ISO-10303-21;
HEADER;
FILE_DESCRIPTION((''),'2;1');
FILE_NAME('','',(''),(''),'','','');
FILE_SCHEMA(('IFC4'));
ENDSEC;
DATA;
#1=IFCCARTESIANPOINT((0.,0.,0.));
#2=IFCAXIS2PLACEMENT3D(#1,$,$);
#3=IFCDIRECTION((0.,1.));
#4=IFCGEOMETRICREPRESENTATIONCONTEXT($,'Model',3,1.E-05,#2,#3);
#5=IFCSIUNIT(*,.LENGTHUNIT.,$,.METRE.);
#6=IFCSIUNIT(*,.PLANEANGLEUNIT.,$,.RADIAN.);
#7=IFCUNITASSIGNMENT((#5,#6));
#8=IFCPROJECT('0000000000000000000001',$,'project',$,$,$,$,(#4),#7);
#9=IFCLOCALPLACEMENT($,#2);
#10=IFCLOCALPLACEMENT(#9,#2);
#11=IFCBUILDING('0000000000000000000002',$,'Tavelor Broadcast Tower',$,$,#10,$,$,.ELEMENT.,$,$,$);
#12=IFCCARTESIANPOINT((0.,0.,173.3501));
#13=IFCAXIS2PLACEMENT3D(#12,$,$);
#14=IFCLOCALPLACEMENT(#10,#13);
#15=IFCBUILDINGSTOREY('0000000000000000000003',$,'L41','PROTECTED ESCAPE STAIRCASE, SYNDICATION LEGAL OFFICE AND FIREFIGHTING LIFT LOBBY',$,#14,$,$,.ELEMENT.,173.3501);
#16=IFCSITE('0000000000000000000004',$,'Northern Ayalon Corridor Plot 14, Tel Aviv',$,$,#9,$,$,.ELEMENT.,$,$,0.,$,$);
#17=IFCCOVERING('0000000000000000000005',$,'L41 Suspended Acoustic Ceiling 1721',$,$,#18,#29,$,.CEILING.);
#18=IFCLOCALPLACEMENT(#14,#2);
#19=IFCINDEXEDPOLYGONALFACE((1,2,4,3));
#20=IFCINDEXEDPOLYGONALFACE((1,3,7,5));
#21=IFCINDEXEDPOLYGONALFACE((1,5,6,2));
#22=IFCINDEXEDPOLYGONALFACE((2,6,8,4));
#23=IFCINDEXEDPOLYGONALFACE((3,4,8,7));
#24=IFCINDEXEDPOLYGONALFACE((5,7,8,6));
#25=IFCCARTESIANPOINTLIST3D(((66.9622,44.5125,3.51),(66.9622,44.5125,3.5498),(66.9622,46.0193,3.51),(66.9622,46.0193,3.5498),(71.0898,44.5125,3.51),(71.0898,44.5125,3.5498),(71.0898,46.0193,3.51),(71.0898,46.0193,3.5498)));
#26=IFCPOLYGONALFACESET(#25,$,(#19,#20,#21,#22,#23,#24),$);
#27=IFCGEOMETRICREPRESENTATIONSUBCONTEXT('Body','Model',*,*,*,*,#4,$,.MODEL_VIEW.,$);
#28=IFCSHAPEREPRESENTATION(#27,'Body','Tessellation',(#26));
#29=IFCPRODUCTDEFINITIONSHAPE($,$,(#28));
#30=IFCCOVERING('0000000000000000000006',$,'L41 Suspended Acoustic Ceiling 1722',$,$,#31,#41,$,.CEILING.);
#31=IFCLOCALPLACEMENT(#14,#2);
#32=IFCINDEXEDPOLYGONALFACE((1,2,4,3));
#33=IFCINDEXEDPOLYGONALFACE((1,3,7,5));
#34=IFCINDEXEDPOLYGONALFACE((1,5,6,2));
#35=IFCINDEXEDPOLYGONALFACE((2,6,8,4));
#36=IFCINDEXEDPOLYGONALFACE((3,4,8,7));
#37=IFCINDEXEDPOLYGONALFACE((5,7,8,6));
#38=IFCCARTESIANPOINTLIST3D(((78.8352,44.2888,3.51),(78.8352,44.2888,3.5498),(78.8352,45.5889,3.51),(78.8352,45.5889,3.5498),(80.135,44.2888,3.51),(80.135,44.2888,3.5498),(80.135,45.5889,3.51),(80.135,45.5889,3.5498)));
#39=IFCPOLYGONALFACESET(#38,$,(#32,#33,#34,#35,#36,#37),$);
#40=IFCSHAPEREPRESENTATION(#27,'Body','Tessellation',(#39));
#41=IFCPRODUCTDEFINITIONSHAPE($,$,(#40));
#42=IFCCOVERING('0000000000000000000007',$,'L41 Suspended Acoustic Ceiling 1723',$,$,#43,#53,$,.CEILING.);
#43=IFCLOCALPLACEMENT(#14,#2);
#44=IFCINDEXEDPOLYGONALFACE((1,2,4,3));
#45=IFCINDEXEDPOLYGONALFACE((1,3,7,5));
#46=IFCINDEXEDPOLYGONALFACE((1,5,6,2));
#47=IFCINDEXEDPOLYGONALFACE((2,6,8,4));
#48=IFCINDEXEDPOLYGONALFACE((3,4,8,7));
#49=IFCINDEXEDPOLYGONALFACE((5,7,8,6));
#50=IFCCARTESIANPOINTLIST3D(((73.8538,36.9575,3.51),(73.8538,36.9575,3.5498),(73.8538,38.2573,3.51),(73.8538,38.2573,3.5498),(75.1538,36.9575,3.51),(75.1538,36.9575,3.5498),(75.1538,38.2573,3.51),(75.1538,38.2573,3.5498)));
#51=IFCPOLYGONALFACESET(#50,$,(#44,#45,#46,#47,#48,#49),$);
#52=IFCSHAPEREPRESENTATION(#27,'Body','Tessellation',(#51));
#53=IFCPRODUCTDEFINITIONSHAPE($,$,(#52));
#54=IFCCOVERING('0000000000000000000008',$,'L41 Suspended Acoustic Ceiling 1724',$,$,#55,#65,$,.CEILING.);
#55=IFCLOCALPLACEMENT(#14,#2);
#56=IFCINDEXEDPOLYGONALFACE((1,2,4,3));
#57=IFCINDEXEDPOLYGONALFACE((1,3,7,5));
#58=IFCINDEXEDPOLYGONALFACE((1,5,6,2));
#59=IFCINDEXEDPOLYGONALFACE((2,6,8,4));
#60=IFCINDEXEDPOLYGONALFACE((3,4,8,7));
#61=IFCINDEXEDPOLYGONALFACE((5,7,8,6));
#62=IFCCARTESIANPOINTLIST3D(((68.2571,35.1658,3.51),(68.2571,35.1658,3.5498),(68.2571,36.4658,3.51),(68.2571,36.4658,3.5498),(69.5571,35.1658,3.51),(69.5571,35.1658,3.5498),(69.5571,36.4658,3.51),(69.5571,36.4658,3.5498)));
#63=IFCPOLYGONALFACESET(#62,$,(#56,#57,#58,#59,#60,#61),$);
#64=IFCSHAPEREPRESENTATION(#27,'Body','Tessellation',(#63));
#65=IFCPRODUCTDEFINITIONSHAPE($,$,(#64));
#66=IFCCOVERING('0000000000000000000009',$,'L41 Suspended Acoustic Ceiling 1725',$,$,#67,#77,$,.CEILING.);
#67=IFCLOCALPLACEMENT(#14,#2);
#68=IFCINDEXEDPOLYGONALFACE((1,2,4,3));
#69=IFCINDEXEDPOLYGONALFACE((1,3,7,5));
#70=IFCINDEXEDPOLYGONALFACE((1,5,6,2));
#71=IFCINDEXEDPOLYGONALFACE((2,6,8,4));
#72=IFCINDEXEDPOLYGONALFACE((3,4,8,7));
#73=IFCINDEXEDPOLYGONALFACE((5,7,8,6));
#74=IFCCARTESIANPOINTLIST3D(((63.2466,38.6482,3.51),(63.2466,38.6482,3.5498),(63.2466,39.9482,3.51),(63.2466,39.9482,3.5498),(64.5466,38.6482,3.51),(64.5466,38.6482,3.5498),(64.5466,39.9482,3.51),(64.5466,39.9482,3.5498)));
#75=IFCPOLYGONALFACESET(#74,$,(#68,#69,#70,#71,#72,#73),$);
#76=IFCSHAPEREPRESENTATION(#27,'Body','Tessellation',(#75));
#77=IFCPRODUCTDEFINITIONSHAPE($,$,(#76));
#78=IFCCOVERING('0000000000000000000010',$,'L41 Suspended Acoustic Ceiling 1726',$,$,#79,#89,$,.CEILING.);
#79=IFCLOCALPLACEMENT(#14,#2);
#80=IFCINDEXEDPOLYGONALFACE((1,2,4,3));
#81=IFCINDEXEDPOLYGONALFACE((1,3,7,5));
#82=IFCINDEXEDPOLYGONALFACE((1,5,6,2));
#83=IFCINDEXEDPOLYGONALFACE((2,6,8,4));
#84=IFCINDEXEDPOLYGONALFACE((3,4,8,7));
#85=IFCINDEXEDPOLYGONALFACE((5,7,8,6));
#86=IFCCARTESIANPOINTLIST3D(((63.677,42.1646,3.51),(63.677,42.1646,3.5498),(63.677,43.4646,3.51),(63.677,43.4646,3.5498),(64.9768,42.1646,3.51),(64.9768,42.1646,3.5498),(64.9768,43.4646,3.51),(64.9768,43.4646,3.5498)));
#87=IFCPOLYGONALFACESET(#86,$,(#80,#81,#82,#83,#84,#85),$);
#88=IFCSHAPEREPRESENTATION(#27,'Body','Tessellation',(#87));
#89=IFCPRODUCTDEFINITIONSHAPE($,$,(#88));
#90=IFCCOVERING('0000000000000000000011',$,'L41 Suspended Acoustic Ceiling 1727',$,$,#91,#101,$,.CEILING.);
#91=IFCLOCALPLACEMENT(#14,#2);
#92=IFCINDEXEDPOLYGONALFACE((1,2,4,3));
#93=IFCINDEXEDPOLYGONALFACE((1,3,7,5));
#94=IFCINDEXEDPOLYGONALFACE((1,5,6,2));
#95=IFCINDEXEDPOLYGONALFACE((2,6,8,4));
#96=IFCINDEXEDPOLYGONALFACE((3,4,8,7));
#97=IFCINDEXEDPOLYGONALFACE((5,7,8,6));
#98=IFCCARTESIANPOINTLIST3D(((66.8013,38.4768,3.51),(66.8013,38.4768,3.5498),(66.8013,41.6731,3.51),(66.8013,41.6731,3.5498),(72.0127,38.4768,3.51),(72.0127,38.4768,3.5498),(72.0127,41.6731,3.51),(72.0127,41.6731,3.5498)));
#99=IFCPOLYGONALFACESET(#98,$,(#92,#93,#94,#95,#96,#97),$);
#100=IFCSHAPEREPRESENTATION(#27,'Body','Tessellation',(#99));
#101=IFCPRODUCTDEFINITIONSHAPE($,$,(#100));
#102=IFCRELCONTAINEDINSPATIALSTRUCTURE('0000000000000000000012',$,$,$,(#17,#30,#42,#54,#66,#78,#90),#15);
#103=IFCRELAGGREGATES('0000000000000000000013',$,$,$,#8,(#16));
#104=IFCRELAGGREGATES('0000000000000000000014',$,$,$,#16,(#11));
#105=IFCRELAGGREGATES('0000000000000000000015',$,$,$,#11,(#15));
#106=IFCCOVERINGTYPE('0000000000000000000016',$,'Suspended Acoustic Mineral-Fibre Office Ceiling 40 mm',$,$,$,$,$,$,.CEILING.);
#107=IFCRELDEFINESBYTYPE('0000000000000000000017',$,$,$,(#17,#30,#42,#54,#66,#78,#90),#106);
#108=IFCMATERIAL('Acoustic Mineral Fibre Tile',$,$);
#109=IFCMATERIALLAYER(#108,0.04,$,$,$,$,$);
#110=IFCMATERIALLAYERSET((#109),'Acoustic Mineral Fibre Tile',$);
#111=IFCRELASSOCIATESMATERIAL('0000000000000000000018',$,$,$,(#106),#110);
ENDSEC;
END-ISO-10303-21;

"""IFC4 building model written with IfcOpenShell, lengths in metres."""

from ifc_helpers import new_model, si_unit, direction, frame, origin, place, context, subcontext, project, spatial, polyline, outline, extrude, material, layer, layer_set, type_object, element, save


model = new_model("IFC4")

# Units and contexts
model_context = context("Model", 3, precision=1e-05, world=origin(), true_north=direction((0.0, 1.0)))
body_context = subcontext(model_context, "Body", "Model", "MODEL_VIEW")
ifc_project = project(units=[si_unit("LENGTHUNIT", "METRE"), si_unit("PLANEANGLEUNIT", "RADIAN")], contexts=[model_context])

# Site, building, storey
site_placement = place(None, origin())
site = spatial("IfcSite", under=ifc_project, at=site_placement, Name="Northern Ayalon Corridor Plot 14, Tel Aviv", CompositionType="ELEMENT", RefElevation=0.0)
building_placement = place(site_placement, origin())
building = spatial("IfcBuilding", under=site, at=building_placement, Name="Tavelor Broadcast Tower", CompositionType="ELEMENT")
storey_placement = place(building_placement, frame((0.0, 0.0, 173.3501)))
storey = spatial("IfcBuildingStorey", under=building, at=storey_placement, Name="L41", Description="PROTECTED ESCAPE STAIRCASE, SYNDICATION LEGAL OFFICE AND FIREFIGHTING LIFT LOBBY", CompositionType="ELEMENT", Elevation=173.3501)

# Coverings
ifc_material_1 = material(Name="Acoustic Mineral Fibre Tile")
ifc_layer_1 = layer(ifc_material_1, 0.04)
ifc_layer_set_1 = layer_set([ifc_layer_1], Name="Acoustic Mineral Fibre Tile")
covering_type_1 = type_object("IfcCoveringType", Name="Suspended Acoustic Mineral-Fibre Office Ceiling 40 mm", PredefinedType="CEILING", material=ifc_layer_set_1)
covering_1_placement = place(storey_placement, frame((0.0, 0.0, 3.51)))
element("IfcCovering", 1, at=covering_1_placement, inside=storey, type_object=covering_type_1, Name="L41 Suspended Acoustic Ceiling 1721", PredefinedType="CEILING", context=body_context, shape_type="SweptSolid", body=[
    extrude(outline(polyline([(66.9622, 44.5125), (71.0898, 44.5125), (71.0898, 46.0193), (66.9622, 46.0193), (66.9622, 44.5125)])), origin(), (0.0, 0.0, 1.0), 0.0398),
])
covering_2_placement = place(storey_placement, frame((0.0, 0.0, 3.51)))
element("IfcCovering", 2, at=covering_2_placement, inside=storey, type_object=covering_type_1, Name="L41 Suspended Acoustic Ceiling 1722", PredefinedType="CEILING", context=body_context, shape_type="SweptSolid", body=[
    extrude(outline(polyline([(78.8352, 44.2888), (80.135, 44.2888), (80.135, 45.5889), (78.8352, 45.5889), (78.8352, 44.2888)])), origin(), (0.0, 0.0, 1.0), 0.0398),
])
covering_3_placement = place(storey_placement, frame((0.0, 0.0, 3.51)))
element("IfcCovering", 3, at=covering_3_placement, inside=storey, type_object=covering_type_1, Name="L41 Suspended Acoustic Ceiling 1723", PredefinedType="CEILING", context=body_context, shape_type="SweptSolid", body=[
    extrude(outline(polyline([(73.8538, 36.9575), (75.1538, 36.9575), (75.1538, 38.2573), (73.8538, 38.2573), (73.8538, 36.9575)])), origin(), (0.0, 0.0, 1.0), 0.0398),
])
covering_4_placement = place(storey_placement, frame((0.0, 0.0, 3.51)))
element("IfcCovering", 4, at=covering_4_placement, inside=storey, type_object=covering_type_1, Name="L41 Suspended Acoustic Ceiling 1724", PredefinedType="CEILING", context=body_context, shape_type="SweptSolid", body=[
    extrude(outline(polyline([(68.2571, 35.1658), (69.5571, 35.1658), (69.5571, 36.4658), (68.2571, 36.4658), (68.2571, 35.1658)])), origin(), (0.0, 0.0, 1.0), 0.0398),
])
covering_5_placement = place(storey_placement, frame((0.0, 0.0, 3.51)))
element("IfcCovering", 5, at=covering_5_placement, inside=storey, type_object=covering_type_1, Name="L41 Suspended Acoustic Ceiling 1725", PredefinedType="CEILING", context=body_context, shape_type="SweptSolid", body=[
    extrude(outline(polyline([(63.2466, 38.6482), (64.5466, 38.6482), (64.5466, 39.9482), (63.2466, 39.9482), (63.2466, 38.6482)])), origin(), (0.0, 0.0, 1.0), 0.0398),
])
covering_6_placement = place(storey_placement, frame((0.0, 0.0, 3.51)))
element("IfcCovering", 6, at=covering_6_placement, inside=storey, type_object=covering_type_1, Name="L41 Suspended Acoustic Ceiling 1726", PredefinedType="CEILING", context=body_context, shape_type="SweptSolid", body=[
    extrude(outline(polyline([(63.677, 42.1646), (64.9768, 42.1646), (64.9768, 43.4646), (63.677, 43.4646), (63.677, 42.1646)])), origin(), (0.0, 0.0, 1.0), 0.0398),
])
covering_7_placement = place(storey_placement, frame((0.0, 0.0, 3.51)))
element("IfcCovering", 7, at=covering_7_placement, inside=storey, type_object=covering_type_1, Name="L41 Suspended Acoustic Ceiling 1727", PredefinedType="CEILING", context=body_context, shape_type="SweptSolid", body=[
    extrude(outline(polyline([(66.8013, 38.4768), (72.0127, 38.4768), (72.0127, 41.6731), (66.8013, 41.6731), (66.8013, 38.4768)])), origin(), (0.0, 0.0, 1.0), 0.0398),
])

save(model, "model.ifc")
